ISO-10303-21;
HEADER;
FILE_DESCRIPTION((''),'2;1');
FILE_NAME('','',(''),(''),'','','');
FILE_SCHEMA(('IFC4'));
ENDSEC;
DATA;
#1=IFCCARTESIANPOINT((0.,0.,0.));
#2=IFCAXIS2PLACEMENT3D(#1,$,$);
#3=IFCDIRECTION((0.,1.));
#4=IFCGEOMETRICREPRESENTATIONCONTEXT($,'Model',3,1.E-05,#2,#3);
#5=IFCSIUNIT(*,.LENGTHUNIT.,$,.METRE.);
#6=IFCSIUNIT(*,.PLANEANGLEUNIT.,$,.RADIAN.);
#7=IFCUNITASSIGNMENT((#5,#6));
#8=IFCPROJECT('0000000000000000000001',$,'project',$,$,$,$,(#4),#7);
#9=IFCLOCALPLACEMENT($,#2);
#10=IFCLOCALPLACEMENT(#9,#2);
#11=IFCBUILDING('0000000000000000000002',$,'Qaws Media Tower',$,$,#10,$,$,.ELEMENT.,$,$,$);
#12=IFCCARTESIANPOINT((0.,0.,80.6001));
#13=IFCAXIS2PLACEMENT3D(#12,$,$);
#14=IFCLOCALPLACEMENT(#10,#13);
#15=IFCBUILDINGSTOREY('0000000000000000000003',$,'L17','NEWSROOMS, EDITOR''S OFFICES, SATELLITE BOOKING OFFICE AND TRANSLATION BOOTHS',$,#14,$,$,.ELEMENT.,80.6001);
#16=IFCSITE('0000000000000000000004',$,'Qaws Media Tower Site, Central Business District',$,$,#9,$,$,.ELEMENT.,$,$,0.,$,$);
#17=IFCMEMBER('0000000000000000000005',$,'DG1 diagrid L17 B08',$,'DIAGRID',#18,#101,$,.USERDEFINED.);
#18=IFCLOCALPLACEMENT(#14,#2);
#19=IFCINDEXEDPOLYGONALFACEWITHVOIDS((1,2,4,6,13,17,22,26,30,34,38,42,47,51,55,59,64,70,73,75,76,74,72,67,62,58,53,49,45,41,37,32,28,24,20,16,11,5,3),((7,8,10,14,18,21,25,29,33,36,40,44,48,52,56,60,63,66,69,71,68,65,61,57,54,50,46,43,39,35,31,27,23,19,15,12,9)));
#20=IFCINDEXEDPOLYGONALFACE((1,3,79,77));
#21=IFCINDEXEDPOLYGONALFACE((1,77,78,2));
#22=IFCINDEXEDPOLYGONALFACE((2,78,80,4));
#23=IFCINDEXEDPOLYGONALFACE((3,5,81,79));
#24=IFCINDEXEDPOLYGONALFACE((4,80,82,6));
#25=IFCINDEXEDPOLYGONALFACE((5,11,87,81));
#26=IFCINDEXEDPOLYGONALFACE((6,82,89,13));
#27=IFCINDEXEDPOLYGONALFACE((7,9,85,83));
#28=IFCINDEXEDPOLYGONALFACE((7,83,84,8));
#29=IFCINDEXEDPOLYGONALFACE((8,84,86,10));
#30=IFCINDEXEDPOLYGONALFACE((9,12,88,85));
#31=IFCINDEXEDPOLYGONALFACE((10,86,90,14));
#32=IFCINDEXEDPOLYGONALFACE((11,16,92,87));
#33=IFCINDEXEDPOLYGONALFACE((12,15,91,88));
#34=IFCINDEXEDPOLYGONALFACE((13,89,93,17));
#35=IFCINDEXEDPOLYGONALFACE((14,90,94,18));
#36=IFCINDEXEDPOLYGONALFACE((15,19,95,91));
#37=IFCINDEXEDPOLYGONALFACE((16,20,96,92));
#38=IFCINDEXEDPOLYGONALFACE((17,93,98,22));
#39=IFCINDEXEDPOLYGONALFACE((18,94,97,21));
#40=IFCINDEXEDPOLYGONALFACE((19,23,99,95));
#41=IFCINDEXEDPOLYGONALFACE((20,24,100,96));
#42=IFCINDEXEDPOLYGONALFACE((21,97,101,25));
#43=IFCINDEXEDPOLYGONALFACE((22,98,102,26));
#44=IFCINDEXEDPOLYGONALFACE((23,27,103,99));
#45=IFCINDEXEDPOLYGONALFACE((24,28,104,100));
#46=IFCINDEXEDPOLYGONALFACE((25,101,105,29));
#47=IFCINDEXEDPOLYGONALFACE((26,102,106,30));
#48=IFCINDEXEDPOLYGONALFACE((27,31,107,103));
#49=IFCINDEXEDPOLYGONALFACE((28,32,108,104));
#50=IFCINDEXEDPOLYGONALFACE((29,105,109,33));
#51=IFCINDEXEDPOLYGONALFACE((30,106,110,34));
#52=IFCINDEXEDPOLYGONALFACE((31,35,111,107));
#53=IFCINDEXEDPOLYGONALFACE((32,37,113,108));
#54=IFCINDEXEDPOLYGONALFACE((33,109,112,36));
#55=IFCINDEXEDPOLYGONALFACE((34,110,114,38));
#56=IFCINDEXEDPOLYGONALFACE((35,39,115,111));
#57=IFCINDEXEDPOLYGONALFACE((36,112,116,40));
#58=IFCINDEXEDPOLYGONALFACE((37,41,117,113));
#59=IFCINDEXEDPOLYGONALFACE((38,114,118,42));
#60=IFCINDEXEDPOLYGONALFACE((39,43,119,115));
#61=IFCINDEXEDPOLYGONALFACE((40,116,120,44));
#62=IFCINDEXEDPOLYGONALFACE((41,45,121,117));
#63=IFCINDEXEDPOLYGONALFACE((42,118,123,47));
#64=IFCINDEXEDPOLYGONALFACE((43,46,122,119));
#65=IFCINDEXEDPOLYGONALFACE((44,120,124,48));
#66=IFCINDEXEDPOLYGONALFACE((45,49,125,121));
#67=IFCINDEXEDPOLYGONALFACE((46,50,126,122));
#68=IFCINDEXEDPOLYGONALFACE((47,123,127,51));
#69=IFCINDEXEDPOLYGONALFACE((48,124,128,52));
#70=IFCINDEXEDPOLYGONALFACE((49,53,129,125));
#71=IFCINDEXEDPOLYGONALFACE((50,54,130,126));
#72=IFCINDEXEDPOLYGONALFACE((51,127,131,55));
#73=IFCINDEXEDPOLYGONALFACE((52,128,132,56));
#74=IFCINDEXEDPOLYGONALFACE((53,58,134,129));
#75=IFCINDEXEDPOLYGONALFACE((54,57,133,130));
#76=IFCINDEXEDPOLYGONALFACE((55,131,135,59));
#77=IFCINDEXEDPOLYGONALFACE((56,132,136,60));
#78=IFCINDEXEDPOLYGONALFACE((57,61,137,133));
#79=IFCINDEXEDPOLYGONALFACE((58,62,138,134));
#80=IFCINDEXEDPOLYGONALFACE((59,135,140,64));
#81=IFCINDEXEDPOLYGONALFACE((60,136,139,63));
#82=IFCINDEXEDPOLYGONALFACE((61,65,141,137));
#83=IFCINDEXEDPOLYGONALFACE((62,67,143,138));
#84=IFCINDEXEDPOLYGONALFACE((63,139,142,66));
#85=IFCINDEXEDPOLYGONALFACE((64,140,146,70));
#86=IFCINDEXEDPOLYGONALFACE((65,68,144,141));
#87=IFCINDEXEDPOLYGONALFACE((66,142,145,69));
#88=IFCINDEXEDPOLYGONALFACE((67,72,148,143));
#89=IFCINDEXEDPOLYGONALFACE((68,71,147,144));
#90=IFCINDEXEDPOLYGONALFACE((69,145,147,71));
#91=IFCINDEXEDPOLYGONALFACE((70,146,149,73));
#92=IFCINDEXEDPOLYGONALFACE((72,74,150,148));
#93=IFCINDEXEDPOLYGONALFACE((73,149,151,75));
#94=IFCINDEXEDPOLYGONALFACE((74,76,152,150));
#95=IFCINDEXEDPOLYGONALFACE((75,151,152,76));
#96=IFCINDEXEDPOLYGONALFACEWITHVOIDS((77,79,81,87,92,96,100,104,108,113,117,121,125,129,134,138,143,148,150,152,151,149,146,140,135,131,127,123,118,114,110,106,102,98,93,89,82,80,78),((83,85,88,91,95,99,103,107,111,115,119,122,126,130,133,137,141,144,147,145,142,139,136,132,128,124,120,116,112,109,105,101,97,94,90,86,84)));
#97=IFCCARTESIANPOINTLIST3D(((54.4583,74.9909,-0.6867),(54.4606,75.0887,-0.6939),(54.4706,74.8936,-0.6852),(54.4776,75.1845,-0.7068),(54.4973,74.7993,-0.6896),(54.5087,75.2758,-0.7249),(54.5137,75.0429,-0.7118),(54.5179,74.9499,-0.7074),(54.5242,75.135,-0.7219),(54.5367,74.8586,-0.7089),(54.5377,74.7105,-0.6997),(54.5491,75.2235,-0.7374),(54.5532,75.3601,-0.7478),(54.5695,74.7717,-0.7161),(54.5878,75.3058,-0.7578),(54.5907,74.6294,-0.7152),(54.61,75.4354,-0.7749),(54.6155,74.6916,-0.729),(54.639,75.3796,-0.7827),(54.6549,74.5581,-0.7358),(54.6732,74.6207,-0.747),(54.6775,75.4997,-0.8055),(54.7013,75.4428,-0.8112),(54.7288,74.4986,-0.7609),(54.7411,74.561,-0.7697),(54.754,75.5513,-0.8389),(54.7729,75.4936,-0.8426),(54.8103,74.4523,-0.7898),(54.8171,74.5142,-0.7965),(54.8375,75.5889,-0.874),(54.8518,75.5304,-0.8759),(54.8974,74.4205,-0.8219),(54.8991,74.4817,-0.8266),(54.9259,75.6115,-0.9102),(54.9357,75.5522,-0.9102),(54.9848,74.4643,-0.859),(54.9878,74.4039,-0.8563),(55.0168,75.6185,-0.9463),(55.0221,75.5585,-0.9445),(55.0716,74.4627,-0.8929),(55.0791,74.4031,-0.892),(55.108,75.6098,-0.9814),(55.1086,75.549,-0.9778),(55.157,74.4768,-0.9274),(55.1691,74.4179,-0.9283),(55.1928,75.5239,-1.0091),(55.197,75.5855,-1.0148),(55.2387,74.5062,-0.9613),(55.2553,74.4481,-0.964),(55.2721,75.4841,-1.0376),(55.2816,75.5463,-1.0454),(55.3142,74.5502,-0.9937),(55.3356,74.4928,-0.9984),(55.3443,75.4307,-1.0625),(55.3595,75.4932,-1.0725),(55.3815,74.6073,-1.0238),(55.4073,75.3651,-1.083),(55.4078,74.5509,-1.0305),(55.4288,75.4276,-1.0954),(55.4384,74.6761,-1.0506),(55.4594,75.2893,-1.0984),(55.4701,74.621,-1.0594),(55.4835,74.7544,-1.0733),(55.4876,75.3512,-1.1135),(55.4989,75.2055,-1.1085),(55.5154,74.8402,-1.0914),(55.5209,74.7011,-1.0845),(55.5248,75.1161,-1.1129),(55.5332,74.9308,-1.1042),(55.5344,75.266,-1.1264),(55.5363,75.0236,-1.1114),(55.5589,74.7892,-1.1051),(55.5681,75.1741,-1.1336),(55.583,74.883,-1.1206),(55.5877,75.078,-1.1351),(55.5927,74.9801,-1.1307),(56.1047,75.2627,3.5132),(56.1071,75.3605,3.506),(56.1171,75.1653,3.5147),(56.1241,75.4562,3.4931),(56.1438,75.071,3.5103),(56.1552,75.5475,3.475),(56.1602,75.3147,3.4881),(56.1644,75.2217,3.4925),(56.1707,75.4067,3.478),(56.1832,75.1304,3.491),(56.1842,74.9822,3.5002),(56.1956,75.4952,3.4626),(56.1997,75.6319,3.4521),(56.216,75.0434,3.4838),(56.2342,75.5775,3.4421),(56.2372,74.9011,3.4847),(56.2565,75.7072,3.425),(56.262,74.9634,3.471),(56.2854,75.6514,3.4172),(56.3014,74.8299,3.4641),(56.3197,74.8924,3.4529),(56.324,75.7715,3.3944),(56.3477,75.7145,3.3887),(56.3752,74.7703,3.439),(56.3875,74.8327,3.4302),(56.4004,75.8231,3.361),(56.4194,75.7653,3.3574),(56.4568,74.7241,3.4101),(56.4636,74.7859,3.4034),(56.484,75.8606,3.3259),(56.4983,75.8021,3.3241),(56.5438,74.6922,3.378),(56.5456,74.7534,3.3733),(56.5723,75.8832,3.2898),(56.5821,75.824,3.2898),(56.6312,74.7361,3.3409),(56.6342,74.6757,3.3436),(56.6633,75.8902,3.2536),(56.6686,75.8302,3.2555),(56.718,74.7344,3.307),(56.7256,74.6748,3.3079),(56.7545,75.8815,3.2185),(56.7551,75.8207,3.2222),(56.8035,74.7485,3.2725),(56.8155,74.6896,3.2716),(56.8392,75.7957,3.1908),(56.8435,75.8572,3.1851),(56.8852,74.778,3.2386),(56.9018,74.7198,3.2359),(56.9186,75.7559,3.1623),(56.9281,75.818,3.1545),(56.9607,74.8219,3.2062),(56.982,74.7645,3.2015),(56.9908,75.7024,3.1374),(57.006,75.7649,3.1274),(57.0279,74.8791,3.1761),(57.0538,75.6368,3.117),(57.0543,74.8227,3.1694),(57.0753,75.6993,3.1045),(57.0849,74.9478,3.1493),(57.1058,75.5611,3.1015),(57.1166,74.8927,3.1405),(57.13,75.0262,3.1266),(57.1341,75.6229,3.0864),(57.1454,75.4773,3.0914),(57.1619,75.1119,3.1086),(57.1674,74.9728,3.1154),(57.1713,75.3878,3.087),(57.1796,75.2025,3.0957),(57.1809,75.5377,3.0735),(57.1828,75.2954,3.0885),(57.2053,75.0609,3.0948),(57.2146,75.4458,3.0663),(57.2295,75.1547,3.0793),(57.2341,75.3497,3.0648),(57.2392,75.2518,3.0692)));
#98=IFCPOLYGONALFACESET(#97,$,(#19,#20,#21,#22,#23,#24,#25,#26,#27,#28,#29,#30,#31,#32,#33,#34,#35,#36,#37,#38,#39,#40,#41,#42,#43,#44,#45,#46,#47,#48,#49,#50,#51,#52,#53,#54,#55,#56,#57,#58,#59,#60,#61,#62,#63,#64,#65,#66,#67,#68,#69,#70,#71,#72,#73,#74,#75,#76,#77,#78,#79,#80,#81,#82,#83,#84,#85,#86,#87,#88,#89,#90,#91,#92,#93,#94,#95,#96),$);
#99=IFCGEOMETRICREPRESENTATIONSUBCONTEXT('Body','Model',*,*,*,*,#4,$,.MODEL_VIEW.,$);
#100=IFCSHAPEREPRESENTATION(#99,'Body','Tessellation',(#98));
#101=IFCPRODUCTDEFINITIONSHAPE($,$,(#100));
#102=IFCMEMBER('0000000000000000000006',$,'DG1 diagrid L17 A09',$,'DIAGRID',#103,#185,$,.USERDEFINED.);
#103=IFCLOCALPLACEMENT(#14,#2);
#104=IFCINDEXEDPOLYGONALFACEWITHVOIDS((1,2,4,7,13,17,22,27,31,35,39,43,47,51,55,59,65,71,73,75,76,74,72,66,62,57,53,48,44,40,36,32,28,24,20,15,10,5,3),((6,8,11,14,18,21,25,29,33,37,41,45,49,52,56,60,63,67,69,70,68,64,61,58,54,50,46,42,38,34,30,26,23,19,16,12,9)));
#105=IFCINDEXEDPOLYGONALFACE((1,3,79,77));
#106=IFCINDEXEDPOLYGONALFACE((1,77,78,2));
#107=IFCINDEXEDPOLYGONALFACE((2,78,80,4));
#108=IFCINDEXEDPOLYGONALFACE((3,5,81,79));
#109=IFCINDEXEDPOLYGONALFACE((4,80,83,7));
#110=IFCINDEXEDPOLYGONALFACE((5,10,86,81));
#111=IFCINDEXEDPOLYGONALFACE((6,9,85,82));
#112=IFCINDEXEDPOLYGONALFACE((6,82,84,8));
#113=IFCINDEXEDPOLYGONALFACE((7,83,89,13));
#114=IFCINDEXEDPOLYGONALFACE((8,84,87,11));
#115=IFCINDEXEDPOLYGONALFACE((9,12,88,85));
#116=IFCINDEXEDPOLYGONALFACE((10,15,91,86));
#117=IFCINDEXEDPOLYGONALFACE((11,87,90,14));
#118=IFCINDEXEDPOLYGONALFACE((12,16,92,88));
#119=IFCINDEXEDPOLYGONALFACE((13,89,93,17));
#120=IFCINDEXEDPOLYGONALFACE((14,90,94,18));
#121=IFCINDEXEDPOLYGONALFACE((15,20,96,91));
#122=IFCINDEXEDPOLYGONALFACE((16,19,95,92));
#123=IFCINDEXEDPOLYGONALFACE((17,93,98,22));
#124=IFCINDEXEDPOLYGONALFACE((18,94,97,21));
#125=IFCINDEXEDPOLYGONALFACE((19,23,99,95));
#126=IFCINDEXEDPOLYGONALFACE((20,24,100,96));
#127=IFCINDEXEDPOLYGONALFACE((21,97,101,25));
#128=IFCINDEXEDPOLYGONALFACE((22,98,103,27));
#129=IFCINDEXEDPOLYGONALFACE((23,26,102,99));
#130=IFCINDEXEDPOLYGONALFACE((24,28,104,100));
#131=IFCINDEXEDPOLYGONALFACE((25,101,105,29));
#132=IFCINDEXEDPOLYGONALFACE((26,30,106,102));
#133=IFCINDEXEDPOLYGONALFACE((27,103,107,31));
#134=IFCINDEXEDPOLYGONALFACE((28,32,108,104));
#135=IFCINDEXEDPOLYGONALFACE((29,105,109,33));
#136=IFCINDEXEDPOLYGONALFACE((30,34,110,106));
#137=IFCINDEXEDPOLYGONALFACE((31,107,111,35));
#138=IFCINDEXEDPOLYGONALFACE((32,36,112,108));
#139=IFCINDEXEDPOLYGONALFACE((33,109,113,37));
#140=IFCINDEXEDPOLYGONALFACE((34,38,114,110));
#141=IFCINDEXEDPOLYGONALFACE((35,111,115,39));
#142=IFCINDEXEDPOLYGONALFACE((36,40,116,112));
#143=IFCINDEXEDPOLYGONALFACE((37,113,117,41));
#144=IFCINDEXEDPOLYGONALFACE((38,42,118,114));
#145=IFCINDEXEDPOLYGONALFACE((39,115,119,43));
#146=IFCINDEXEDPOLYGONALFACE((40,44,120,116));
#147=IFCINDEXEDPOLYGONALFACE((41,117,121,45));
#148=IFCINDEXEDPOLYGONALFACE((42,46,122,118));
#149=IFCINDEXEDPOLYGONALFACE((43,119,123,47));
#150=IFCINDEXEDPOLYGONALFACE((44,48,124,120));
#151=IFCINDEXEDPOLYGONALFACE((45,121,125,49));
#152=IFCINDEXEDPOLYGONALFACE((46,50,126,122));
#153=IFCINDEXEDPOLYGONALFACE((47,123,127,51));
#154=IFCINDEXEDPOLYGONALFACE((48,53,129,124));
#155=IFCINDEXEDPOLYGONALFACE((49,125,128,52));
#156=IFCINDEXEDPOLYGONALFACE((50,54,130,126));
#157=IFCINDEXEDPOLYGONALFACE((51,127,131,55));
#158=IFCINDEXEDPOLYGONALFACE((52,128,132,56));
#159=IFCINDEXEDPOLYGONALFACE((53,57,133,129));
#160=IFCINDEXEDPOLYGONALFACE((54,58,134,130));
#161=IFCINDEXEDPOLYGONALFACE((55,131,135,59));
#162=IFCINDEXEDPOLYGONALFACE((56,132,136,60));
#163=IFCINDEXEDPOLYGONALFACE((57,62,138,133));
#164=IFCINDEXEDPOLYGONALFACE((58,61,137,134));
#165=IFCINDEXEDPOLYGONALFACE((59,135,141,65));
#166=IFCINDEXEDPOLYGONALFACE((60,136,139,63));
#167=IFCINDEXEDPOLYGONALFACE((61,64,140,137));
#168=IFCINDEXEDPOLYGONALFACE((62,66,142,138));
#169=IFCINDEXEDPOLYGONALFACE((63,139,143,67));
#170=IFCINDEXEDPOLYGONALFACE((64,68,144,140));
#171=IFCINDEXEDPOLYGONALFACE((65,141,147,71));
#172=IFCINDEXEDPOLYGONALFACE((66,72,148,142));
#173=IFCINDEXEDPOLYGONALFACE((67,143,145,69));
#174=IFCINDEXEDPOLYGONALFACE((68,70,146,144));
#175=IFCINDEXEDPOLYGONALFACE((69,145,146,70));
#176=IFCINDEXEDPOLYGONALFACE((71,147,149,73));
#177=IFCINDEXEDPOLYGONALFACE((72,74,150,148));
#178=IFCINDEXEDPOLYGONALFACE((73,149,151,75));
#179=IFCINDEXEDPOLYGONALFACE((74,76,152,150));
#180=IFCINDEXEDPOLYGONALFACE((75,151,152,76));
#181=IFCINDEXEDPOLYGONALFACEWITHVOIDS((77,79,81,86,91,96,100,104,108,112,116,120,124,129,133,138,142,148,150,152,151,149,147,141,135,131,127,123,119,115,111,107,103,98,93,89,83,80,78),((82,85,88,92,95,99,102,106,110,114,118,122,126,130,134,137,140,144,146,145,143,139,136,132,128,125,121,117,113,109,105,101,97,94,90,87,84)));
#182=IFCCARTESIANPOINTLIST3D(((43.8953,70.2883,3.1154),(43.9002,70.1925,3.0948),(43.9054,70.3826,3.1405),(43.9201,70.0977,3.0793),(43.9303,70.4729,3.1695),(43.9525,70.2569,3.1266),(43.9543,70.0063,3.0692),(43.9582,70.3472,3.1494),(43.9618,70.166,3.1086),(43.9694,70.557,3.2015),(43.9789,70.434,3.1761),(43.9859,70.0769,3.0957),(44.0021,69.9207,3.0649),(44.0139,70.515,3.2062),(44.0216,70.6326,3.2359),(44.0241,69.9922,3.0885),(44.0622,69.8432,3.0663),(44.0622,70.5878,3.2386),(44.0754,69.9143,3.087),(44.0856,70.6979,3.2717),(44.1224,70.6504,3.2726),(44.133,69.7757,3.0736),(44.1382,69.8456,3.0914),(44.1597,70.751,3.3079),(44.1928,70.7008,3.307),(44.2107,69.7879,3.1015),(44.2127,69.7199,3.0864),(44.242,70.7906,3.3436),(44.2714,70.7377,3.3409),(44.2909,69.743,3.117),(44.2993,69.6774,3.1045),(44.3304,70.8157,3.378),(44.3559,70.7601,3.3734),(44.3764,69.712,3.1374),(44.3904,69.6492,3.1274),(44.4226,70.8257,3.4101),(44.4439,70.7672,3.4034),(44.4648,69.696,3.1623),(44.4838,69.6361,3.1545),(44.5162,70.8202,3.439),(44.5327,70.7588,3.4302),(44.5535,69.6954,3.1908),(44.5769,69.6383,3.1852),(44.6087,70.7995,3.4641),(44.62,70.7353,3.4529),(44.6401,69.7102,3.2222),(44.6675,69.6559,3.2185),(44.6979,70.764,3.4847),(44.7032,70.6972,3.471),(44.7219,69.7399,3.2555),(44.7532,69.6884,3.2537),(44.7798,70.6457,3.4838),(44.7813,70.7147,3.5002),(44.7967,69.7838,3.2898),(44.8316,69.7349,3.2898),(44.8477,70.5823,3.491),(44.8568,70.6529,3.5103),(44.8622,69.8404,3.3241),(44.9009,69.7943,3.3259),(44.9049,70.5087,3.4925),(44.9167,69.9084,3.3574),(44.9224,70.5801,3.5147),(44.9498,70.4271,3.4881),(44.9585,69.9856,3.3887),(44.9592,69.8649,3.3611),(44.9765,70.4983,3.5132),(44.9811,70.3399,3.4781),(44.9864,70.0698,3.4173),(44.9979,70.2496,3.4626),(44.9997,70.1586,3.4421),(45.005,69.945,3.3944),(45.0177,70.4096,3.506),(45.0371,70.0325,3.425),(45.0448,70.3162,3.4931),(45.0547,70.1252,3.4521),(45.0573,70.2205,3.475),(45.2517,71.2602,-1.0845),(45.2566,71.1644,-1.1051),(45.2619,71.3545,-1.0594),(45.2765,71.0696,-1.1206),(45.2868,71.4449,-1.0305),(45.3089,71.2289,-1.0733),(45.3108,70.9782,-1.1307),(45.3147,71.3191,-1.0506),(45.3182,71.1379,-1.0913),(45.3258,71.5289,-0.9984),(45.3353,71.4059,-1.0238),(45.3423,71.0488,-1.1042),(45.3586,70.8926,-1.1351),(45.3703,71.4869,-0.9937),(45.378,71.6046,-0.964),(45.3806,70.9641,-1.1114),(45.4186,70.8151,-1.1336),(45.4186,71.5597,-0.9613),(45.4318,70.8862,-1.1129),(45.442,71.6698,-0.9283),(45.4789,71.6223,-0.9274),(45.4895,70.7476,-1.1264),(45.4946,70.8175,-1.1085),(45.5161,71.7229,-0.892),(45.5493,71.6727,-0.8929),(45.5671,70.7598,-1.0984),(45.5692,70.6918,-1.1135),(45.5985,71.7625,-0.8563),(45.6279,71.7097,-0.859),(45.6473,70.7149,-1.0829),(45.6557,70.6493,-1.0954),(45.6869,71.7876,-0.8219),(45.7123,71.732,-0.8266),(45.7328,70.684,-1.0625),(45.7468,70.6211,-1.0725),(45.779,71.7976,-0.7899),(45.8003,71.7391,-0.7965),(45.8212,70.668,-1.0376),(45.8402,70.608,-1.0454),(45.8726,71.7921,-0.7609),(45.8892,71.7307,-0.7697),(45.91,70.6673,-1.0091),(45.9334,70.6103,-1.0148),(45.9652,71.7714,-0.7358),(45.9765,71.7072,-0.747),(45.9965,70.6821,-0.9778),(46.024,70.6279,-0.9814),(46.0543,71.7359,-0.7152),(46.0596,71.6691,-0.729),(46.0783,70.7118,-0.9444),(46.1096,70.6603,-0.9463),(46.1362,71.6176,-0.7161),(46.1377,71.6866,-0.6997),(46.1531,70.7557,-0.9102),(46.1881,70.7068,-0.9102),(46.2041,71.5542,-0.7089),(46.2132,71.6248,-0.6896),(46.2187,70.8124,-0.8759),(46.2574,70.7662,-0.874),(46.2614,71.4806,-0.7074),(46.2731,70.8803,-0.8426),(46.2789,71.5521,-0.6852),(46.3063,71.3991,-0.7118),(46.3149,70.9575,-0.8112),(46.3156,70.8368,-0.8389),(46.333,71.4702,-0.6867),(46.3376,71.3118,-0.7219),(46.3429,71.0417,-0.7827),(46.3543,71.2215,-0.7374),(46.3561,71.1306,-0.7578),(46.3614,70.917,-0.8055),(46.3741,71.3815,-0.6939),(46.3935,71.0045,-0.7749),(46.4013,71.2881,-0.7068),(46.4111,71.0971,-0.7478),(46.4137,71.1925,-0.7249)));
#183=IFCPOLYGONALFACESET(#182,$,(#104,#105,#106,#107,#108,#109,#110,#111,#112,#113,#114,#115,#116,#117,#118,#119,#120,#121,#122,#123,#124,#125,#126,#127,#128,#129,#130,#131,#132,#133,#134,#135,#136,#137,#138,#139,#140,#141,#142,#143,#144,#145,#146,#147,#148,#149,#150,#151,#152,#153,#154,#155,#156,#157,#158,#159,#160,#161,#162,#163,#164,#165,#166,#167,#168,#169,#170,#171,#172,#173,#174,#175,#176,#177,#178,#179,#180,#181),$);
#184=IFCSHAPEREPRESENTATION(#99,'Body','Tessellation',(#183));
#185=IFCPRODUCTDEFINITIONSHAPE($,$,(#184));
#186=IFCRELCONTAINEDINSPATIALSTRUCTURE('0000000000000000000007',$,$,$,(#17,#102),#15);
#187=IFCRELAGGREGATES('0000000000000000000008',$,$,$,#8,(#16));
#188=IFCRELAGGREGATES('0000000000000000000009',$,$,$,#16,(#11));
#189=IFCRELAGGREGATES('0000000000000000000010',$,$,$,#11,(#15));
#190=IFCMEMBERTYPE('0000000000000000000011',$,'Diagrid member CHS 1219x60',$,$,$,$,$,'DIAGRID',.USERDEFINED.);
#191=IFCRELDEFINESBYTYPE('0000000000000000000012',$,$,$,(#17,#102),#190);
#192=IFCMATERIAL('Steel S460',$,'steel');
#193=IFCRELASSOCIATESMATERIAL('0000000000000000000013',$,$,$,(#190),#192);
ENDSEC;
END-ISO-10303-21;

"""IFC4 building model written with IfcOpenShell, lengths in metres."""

from ifc_helpers import new_model, si_unit, direction, frame, origin, origin_2d, place, context, subcontext, project, spatial, hollow_circle, extrude, material, material_profile, profile_set, type_object, element, save


model = new_model("IFC4")

# Units and contexts
model_context = context("Model", 3, precision=1e-05, world=origin(), true_north=direction((0.0, 1.0)))
body_context = subcontext(model_context, "Body", "Model", "MODEL_VIEW")
ifc_project = project(units=[si_unit("LENGTHUNIT", "METRE"), si_unit("PLANEANGLEUNIT", "RADIAN")], contexts=[model_context])

# Site, building, storey
site_placement = place(None, origin())
site = spatial("IfcSite", under=ifc_project, at=site_placement, Name="Qaws Media Tower Site, Central Business District", CompositionType="ELEMENT", RefElevation=0.0)
building_placement = place(site_placement, origin())
building = spatial("IfcBuilding", under=site, at=building_placement, Name="Qaws Media Tower", CompositionType="ELEMENT")
storey_placement = place(building_placement, frame((0.0, 0.0, 80.6001)))
storey = spatial("IfcBuildingStorey", under=building, at=storey_placement, Name="L17", Description="NEWSROOMS, EDITOR'S OFFICES, SATELLITE BOOKING OFFICE AND TRANSLATION BOOTHS", CompositionType="ELEMENT", Elevation=80.6001)

# Members
ifc_material_1 = material(Name="Steel S460", Category="steel")
ifc_material_profile_1 = material_profile(ifc_material_1, hollow_circle(Radius=0.6096, WallThickness=0.0601, at=origin_2d()), Name="CHS 1219x60")
ifc_profile_set_1 = profile_set([ifc_material_profile_1], Name="Steel S460")
member_type_1 = type_object("IfcMemberType", Name="Diagrid member CHS 1219x60", ElementType="DIAGRID", PredefinedType="USERDEFINED", material=ifc_profile_set_1)
for number, where, z_axis, x_axis, name in (
    (1, (55.0251, 75.01, -0.9102), (0.364321, 0.060126, 0.929331), (-0.162833, 0.986654, 0.0), "DG1 diagrid L17 B08"),
    (2, (45.833, 71.2024, -0.9102), (-0.300144, -0.21506, 0.929334), (0.582442, -0.812873, 0.0), "DG1 diagrid L17 A09"),
):
    element("IfcMember", number, at=place(storey_placement, frame(where, z_axis=z_axis, x_axis=x_axis)), inside=storey, type_object=member_type_1, Name=name, ObjectType="DIAGRID", PredefinedType="USERDEFINED", context=body_context, shape_type="SweptSolid", body=[
        extrude(hollow_circle(Radius=0.6096, WallThickness=0.0601, at=origin_2d()), origin(), (0.0, 0.0, 1.0), 4.5193),
    ])

save(model, "model.ifc")
